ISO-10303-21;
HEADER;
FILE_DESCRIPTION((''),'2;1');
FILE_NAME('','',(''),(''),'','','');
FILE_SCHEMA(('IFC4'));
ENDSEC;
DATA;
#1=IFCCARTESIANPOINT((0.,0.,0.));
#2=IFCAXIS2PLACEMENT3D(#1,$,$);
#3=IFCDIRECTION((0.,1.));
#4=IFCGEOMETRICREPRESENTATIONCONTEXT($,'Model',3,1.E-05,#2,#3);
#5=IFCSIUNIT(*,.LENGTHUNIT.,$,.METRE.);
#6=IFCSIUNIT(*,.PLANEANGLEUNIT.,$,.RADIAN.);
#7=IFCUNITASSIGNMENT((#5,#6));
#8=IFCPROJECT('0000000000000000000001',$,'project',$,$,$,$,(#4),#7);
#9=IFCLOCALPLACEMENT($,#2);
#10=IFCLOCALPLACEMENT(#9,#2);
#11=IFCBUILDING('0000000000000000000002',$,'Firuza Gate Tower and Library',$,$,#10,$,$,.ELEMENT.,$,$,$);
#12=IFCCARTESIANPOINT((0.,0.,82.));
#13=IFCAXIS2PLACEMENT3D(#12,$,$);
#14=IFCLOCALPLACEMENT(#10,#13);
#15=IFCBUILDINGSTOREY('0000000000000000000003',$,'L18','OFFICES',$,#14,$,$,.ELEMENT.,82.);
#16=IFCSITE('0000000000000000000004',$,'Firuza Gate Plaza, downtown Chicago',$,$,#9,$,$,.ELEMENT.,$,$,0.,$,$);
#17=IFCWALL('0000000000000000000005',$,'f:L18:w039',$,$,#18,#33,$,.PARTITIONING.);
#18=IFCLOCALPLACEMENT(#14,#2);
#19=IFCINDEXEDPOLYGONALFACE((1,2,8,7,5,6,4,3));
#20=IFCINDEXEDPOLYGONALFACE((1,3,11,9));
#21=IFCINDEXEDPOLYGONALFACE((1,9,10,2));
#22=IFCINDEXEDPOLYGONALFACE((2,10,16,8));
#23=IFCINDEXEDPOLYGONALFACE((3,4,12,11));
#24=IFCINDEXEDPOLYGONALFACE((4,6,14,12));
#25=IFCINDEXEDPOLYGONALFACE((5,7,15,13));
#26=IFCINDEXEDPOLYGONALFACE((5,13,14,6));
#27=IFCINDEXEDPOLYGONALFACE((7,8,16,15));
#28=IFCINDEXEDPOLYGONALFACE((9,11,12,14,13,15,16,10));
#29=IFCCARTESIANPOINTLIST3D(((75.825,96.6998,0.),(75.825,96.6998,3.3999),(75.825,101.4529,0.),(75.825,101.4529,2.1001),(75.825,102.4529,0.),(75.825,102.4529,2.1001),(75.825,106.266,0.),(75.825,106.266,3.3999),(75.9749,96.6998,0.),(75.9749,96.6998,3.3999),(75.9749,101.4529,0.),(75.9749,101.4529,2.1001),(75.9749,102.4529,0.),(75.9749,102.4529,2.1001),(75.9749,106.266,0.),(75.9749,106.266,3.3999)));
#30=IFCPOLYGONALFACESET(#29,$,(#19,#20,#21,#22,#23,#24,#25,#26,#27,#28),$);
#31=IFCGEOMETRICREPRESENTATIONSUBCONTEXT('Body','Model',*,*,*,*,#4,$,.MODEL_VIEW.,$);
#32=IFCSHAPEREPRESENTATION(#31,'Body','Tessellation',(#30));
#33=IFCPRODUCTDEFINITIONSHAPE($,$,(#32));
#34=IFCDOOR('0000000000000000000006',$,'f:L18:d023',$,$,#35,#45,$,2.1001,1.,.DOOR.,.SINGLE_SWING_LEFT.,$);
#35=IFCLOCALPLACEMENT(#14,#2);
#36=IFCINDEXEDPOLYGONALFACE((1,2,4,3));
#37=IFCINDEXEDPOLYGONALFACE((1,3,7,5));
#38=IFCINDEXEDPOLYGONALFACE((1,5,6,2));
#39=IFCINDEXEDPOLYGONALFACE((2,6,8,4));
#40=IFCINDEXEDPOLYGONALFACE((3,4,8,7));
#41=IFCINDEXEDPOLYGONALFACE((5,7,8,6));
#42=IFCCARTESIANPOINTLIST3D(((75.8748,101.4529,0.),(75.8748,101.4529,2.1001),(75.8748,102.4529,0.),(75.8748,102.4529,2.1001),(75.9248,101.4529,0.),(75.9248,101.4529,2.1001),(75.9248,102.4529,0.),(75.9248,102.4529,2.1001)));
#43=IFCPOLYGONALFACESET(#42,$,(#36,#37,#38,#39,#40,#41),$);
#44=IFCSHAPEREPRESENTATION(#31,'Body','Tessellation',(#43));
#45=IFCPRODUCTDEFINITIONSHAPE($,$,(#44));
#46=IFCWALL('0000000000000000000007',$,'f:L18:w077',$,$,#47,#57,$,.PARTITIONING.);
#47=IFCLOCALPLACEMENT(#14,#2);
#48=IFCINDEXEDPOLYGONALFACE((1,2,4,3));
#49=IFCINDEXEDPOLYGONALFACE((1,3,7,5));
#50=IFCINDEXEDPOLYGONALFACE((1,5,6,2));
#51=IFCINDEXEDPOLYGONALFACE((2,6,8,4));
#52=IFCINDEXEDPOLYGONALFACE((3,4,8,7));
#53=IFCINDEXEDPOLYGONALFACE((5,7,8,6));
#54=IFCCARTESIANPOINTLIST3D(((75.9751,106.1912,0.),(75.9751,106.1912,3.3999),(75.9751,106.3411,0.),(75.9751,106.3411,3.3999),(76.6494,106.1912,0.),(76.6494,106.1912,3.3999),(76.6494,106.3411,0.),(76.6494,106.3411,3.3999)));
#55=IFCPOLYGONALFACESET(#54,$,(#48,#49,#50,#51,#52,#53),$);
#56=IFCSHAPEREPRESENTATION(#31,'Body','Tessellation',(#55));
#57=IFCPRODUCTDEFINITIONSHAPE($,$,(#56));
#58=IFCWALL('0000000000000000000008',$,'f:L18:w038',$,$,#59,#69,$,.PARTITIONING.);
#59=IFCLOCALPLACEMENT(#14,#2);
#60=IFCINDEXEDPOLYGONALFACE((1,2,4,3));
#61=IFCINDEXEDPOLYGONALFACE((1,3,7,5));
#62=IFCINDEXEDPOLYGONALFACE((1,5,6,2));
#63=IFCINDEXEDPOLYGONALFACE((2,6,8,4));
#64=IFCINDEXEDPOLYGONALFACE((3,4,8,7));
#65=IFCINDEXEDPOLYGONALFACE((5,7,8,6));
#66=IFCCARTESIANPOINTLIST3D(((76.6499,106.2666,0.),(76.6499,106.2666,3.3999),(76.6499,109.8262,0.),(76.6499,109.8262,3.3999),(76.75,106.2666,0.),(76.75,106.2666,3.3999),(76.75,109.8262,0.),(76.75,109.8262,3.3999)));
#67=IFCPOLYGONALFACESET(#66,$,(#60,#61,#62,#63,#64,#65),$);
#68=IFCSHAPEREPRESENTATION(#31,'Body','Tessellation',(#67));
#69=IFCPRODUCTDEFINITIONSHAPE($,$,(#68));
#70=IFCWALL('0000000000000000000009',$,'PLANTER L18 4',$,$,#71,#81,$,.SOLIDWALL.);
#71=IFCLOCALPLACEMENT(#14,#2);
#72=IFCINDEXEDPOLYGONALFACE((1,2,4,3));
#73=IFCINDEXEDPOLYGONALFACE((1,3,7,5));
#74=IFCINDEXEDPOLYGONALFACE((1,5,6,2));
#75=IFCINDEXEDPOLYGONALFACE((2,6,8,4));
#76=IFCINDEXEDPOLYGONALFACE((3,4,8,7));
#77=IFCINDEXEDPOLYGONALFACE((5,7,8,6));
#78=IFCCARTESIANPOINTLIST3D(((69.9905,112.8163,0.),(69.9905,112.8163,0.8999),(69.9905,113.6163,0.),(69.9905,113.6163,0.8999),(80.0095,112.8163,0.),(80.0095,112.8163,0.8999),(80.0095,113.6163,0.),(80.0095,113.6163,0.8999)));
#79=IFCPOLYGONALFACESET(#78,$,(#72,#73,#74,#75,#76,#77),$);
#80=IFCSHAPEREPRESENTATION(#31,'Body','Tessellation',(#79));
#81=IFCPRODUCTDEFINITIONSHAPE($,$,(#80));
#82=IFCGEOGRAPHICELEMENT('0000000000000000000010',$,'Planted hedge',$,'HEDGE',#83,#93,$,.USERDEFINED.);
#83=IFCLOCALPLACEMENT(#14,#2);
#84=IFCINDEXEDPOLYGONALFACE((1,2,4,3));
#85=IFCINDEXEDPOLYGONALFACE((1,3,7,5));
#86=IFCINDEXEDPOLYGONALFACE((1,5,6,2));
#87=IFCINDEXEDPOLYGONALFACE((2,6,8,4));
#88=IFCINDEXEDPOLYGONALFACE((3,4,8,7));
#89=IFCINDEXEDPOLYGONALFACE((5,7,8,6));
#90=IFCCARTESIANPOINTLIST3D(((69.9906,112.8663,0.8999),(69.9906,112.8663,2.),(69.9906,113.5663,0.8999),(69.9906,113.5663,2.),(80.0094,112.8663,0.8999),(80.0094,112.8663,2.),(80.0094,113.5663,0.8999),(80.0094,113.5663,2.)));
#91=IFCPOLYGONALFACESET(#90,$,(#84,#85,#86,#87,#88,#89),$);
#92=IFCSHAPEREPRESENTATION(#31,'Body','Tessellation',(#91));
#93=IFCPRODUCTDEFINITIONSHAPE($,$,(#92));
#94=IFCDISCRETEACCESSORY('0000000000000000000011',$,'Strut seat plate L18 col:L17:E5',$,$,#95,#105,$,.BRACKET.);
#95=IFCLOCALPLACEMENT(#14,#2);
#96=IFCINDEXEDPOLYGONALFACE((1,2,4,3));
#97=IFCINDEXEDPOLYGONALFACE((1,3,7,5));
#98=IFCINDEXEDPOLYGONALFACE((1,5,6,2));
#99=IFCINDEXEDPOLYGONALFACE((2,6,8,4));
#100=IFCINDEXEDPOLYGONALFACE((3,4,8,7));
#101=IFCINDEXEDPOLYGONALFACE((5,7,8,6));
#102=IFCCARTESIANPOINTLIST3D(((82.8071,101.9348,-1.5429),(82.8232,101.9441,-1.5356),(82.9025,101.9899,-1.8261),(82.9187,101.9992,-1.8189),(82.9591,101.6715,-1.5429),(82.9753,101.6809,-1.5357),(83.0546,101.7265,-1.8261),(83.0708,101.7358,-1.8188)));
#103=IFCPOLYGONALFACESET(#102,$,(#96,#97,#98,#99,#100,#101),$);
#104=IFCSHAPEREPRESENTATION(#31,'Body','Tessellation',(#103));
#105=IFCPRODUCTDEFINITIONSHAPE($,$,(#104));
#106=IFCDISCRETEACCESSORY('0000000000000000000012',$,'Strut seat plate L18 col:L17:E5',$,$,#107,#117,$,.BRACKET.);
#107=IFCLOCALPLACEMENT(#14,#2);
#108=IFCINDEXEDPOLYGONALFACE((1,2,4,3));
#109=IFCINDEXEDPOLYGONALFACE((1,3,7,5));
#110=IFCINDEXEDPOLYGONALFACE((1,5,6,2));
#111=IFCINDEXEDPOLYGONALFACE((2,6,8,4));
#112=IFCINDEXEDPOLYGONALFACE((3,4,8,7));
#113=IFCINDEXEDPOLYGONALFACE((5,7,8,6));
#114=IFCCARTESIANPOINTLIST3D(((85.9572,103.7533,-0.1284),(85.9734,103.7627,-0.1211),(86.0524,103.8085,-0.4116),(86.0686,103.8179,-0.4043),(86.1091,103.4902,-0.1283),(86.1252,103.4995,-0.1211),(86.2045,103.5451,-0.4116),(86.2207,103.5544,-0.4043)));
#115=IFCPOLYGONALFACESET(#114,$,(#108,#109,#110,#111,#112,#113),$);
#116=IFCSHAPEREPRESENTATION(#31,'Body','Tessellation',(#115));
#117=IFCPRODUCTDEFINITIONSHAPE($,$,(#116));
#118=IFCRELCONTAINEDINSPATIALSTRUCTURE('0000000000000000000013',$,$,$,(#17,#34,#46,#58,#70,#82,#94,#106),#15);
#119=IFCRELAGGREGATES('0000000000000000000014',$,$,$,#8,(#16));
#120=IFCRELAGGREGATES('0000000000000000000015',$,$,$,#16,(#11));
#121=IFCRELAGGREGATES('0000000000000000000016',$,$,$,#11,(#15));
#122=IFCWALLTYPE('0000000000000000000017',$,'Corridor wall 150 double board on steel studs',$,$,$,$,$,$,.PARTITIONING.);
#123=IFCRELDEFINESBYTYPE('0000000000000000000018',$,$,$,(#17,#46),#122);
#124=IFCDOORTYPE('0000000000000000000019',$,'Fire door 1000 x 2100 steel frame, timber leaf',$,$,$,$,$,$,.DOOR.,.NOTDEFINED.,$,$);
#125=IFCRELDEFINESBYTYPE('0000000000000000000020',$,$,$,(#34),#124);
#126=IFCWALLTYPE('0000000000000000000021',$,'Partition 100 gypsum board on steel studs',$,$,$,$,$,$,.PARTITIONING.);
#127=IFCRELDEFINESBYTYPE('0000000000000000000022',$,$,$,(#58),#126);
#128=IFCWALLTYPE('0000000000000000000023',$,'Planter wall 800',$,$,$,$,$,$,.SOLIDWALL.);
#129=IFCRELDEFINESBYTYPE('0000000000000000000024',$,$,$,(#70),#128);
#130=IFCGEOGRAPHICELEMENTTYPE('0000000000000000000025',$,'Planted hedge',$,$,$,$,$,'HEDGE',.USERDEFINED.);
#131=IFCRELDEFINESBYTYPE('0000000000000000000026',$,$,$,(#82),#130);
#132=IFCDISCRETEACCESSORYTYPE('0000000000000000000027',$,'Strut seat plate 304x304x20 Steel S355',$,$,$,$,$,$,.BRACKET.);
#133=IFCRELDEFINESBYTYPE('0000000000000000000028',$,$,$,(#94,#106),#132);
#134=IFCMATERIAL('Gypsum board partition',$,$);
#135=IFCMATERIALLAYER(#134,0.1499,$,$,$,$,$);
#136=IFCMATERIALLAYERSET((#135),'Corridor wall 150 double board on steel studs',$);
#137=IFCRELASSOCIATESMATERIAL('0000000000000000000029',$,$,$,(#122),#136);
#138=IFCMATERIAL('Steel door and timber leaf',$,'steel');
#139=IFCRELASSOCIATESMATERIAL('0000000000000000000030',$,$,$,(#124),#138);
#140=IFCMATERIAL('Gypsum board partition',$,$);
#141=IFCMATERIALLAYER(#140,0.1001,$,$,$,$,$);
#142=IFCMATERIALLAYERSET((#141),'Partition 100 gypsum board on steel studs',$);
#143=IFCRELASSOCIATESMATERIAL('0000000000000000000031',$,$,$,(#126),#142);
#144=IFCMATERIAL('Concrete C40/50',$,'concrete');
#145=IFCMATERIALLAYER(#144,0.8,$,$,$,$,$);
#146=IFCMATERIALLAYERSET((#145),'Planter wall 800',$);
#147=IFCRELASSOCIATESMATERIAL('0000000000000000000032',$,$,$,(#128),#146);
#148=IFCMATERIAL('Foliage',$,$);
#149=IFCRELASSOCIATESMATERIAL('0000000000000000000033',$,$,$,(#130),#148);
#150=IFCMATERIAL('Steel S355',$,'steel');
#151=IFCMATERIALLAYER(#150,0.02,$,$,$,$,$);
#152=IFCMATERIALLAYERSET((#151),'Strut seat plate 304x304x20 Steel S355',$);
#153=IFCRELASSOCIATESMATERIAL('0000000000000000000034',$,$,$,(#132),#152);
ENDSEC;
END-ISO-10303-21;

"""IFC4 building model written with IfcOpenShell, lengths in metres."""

from ifc_helpers import new_model, si_unit, direction, frame, frame_2d, origin, origin_2d, place, context, subcontext, project, spatial, polyline, rectangle, outline, extrude, material, layer, layer_set, type_object, element, fill, save


model = new_model("IFC4")

# Units and contexts
model_context = context("Model", 3, precision=1e-05, world=origin(), true_north=direction((0.0, 1.0)))
body_context = subcontext(model_context, "Body", "Model", "MODEL_VIEW")
ifc_project = project(units=[si_unit("LENGTHUNIT", "METRE"), si_unit("PLANEANGLEUNIT", "RADIAN")], contexts=[model_context])

# Site, building, storey
site_placement = place(None, origin())
site = spatial("IfcSite", under=ifc_project, at=site_placement, Name="Firuza Gate Plaza, downtown Chicago", CompositionType="ELEMENT", RefElevation=0.0)
building_placement = place(site_placement, origin())
building = spatial("IfcBuilding", under=site, at=building_placement, Name="Firuza Gate Tower and Library", CompositionType="ELEMENT")
storey_placement = place(building_placement, frame((0.0, 0.0, 82.0)))
storey = spatial("IfcBuildingStorey", under=building, at=storey_placement, Name="L18", Description="OFFICES", CompositionType="ELEMENT", Elevation=82.0)

# Wall, opening, door
ifc_material_1 = material(Name="Gypsum board partition")
ifc_layer_1 = layer(ifc_material_1, 0.1499)
ifc_layer_set_1 = layer_set([ifc_layer_1], Name="Corridor wall 150 double board on steel studs")
wall_type_1 = type_object("IfcWallType", Name="Corridor wall 150 double board on steel studs", PredefinedType="PARTITIONING", material=ifc_layer_set_1)
wall_1_placement = place(storey_placement, frame((75.8999, 106.2661, 0.0), z_axis=(0.0, 0.0, 1.0), x_axis=(0.0, -1.0, 0.0)))
wall_1 = element("IfcWall", 1, at=wall_1_placement, inside=storey, type_object=wall_type_1, Name="f:L18:w039", PredefinedType="PARTITIONING", context=body_context, shape_type="SweptSolid", body=[
    extrude(rectangle(XDim=9.5662, YDim=0.1499, at=frame_2d((4.7832, 0.0))), origin(), (0.0, 0.0, 1.0), 3.3999),
])
opening_placement = place(wall_1_placement, frame((3.8132, 0.0, 0.0)))
opening = element("IfcOpeningElement", 2, at=opening_placement, cuts=wall_1, PredefinedType="OPENING", context=body_context, shape_type="SweptSolid", body=[
    extrude(rectangle(XDim=1.0, YDim=2.1001, at=frame_2d((0.5, 1.05))), frame((0.0, 0.085, 0.0), z_axis=(0.0, -1.0, 0.0), x_axis=(1.0, 0.0, 0.0)), (0.0, 0.0, 1.0), 0.1699),
])
ifc_material_2 = material(Name="Steel door and timber leaf", Category="steel")
door_type = type_object("IfcDoorType", Name="Fire door 1000 x 2100 steel frame, timber leaf", OperationType="NOTDEFINED", PredefinedType="DOOR", material=ifc_material_2)
door_placement = place(opening_placement, origin())
door = element("IfcDoor", 3, at=door_placement, inside=storey, type_object=door_type, Name="f:L18:d023", OperationType="SINGLE_SWING_LEFT", OverallHeight=2.1001, OverallWidth=1.0, PredefinedType="DOOR", context=body_context, shape_type="SweptSolid", body=[
    extrude(rectangle(XDim=1.0, YDim=2.1001, at=frame_2d((0.5, 1.05))), frame((0.0, 0.0249, 0.0), z_axis=(0.0, -1.0, 0.0), x_axis=(1.0, 0.0, 0.0)), (0.0, 0.0, 1.0), 0.05),
])
fill(opening, door)

# Walls
wall_2_placement = place(storey_placement, frame((75.9751, 106.2661, 0.0), z_axis=(0.0, 0.0, 1.0), x_axis=(1.0, 0.0, 0.0)))
element("IfcWall", 4, at=wall_2_placement, inside=storey, type_object=wall_type_1, Name="f:L18:w077", PredefinedType="PARTITIONING", context=body_context, shape_type="SweptSolid", body=[
    extrude(rectangle(XDim=0.6743, YDim=0.1499, at=frame_2d((0.3372, 0.0))), origin(), (0.0, 0.0, 1.0), 3.3999),
])
ifc_material_3 = material(Name="Gypsum board partition")
ifc_layer_2 = layer(ifc_material_3, 0.1001)
ifc_layer_set_2 = layer_set([ifc_layer_2], Name="Partition 100 gypsum board on steel studs")
wall_type_2 = type_object("IfcWallType", Name="Partition 100 gypsum board on steel studs", PredefinedType="PARTITIONING", material=ifc_layer_set_2)
wall_3_placement = place(storey_placement, frame((76.7, 106.2666, 0.0), z_axis=(0.0, 0.0, 1.0), x_axis=(0.0, 1.0, 0.0)))
element("IfcWall", 5, at=wall_3_placement, inside=storey, type_object=wall_type_2, Name="f:L18:w038", PredefinedType="PARTITIONING", context=body_context, shape_type="SweptSolid", body=[
    extrude(rectangle(XDim=3.5596, YDim=0.1001, at=frame_2d((1.7798, 0.0))), origin(), (0.0, 0.0, 1.0), 3.3999),
])
ifc_material_4 = material(Name="Concrete C40/50", Category="concrete")
ifc_layer_3 = layer(ifc_material_4, 0.8)
ifc_layer_set_3 = layer_set([ifc_layer_3], Name="Planter wall 800")
wall_type_3 = type_object("IfcWallType", Name="Planter wall 800", PredefinedType="SOLIDWALL", material=ifc_layer_set_3)
wall_4_placement = place(storey_placement, frame((80.0095, 113.2163, 0.0), z_axis=(0.0, 0.0, 1.0), x_axis=(-1.0, 0.0, 0.0)))
element("IfcWall", 6, at=wall_4_placement, inside=storey, type_object=wall_type_3, Name="PLANTER L18 4", PredefinedType="SOLIDWALL", context=body_context, shape_type="SweptSolid", body=[
    extrude(rectangle(XDim=10.019, YDim=0.8, at=frame_2d((5.0095, 0.0))), origin(), (0.0, 0.0, 1.0), 0.8999),
])

# Geographic element
ifc_material_5 = material(Name="Foliage")
geographic_element_type = type_object("IfcGeographicElementType", Name="Planted hedge", ElementType="HEDGE", PredefinedType="USERDEFINED", material=ifc_material_5)
geographic_element_placement = place(storey_placement, frame((75.0, 113.2163, 0.8999), z_axis=(0.0, 0.0, 1.0), x_axis=(-1.0, 0.0, 0.0)))
element("IfcGeographicElement", 7, at=geographic_element_placement, inside=storey, type_object=geographic_element_type, Name="Planted hedge", ObjectType="HEDGE", PredefinedType="USERDEFINED", context=body_context, shape_type="SweptSolid", body=[
    extrude(rectangle(XDim=10.0188, YDim=0.7, at=origin_2d()), origin(), (0.0, 0.0, 1.0), 1.1001),
])

# Discrete accessories
ifc_material_6 = material(Name="Steel S355", Category="steel")
ifc_layer_4 = layer(ifc_material_6, 0.02)
ifc_layer_set_4 = layer_set([ifc_layer_4], Name="Strut seat plate 304x304x20 Steel S355")
discrete_accessory_type = type_object("IfcDiscreteAccessoryType", Name="Strut seat plate 304x304x20 Steel S355", PredefinedType="BRACKET", material=ifc_layer_set_4)
discrete_accessory_1_placement = place(storey_placement, frame((82.8232, 101.9441, -1.5356), z_axis=(0.806974, 0.466152, 0.362624), x_axis=(0.50022, -0.865898, -0.000068)))
element("IfcDiscreteAccessory", 8, at=discrete_accessory_1_placement, inside=storey, type_object=discrete_accessory_type, Name="Strut seat plate L18 col:L17:E5", PredefinedType="BRACKET", context=body_context, shape_type="SweptSolid", body=[
    extrude(outline(polyline([(0.0, 0.0), (0.304, 0.0), (0.3042, 0.3039), (0.0, 0.3039), (0.0, 0.0)])), origin(), (0.0, 0.0, -1.0), 0.02),
])
discrete_accessory_2_placement = place(storey_placement, frame((86.1252, 103.4995, -0.1211), z_axis=(0.807237, 0.46593, 0.362322), x_axis=(-0.49988, 0.866095, -0.00005)))
element("IfcDiscreteAccessory", 9, at=discrete_accessory_2_placement, inside=storey, type_object=discrete_accessory_type, Name="Strut seat plate L18 col:L17:E5", PredefinedType="BRACKET", context=body_context, shape_type="SweptSolid", body=[
    extrude(outline(polyline([(0.0, 0.0), (0.3039, 0.0), (0.3041, -0.3038), (-0.0001, -0.3039), (0.0, 0.0)])), origin(), (0.0, 0.0, -1.0), 0.02),
])

save(model, "model.ifc")
